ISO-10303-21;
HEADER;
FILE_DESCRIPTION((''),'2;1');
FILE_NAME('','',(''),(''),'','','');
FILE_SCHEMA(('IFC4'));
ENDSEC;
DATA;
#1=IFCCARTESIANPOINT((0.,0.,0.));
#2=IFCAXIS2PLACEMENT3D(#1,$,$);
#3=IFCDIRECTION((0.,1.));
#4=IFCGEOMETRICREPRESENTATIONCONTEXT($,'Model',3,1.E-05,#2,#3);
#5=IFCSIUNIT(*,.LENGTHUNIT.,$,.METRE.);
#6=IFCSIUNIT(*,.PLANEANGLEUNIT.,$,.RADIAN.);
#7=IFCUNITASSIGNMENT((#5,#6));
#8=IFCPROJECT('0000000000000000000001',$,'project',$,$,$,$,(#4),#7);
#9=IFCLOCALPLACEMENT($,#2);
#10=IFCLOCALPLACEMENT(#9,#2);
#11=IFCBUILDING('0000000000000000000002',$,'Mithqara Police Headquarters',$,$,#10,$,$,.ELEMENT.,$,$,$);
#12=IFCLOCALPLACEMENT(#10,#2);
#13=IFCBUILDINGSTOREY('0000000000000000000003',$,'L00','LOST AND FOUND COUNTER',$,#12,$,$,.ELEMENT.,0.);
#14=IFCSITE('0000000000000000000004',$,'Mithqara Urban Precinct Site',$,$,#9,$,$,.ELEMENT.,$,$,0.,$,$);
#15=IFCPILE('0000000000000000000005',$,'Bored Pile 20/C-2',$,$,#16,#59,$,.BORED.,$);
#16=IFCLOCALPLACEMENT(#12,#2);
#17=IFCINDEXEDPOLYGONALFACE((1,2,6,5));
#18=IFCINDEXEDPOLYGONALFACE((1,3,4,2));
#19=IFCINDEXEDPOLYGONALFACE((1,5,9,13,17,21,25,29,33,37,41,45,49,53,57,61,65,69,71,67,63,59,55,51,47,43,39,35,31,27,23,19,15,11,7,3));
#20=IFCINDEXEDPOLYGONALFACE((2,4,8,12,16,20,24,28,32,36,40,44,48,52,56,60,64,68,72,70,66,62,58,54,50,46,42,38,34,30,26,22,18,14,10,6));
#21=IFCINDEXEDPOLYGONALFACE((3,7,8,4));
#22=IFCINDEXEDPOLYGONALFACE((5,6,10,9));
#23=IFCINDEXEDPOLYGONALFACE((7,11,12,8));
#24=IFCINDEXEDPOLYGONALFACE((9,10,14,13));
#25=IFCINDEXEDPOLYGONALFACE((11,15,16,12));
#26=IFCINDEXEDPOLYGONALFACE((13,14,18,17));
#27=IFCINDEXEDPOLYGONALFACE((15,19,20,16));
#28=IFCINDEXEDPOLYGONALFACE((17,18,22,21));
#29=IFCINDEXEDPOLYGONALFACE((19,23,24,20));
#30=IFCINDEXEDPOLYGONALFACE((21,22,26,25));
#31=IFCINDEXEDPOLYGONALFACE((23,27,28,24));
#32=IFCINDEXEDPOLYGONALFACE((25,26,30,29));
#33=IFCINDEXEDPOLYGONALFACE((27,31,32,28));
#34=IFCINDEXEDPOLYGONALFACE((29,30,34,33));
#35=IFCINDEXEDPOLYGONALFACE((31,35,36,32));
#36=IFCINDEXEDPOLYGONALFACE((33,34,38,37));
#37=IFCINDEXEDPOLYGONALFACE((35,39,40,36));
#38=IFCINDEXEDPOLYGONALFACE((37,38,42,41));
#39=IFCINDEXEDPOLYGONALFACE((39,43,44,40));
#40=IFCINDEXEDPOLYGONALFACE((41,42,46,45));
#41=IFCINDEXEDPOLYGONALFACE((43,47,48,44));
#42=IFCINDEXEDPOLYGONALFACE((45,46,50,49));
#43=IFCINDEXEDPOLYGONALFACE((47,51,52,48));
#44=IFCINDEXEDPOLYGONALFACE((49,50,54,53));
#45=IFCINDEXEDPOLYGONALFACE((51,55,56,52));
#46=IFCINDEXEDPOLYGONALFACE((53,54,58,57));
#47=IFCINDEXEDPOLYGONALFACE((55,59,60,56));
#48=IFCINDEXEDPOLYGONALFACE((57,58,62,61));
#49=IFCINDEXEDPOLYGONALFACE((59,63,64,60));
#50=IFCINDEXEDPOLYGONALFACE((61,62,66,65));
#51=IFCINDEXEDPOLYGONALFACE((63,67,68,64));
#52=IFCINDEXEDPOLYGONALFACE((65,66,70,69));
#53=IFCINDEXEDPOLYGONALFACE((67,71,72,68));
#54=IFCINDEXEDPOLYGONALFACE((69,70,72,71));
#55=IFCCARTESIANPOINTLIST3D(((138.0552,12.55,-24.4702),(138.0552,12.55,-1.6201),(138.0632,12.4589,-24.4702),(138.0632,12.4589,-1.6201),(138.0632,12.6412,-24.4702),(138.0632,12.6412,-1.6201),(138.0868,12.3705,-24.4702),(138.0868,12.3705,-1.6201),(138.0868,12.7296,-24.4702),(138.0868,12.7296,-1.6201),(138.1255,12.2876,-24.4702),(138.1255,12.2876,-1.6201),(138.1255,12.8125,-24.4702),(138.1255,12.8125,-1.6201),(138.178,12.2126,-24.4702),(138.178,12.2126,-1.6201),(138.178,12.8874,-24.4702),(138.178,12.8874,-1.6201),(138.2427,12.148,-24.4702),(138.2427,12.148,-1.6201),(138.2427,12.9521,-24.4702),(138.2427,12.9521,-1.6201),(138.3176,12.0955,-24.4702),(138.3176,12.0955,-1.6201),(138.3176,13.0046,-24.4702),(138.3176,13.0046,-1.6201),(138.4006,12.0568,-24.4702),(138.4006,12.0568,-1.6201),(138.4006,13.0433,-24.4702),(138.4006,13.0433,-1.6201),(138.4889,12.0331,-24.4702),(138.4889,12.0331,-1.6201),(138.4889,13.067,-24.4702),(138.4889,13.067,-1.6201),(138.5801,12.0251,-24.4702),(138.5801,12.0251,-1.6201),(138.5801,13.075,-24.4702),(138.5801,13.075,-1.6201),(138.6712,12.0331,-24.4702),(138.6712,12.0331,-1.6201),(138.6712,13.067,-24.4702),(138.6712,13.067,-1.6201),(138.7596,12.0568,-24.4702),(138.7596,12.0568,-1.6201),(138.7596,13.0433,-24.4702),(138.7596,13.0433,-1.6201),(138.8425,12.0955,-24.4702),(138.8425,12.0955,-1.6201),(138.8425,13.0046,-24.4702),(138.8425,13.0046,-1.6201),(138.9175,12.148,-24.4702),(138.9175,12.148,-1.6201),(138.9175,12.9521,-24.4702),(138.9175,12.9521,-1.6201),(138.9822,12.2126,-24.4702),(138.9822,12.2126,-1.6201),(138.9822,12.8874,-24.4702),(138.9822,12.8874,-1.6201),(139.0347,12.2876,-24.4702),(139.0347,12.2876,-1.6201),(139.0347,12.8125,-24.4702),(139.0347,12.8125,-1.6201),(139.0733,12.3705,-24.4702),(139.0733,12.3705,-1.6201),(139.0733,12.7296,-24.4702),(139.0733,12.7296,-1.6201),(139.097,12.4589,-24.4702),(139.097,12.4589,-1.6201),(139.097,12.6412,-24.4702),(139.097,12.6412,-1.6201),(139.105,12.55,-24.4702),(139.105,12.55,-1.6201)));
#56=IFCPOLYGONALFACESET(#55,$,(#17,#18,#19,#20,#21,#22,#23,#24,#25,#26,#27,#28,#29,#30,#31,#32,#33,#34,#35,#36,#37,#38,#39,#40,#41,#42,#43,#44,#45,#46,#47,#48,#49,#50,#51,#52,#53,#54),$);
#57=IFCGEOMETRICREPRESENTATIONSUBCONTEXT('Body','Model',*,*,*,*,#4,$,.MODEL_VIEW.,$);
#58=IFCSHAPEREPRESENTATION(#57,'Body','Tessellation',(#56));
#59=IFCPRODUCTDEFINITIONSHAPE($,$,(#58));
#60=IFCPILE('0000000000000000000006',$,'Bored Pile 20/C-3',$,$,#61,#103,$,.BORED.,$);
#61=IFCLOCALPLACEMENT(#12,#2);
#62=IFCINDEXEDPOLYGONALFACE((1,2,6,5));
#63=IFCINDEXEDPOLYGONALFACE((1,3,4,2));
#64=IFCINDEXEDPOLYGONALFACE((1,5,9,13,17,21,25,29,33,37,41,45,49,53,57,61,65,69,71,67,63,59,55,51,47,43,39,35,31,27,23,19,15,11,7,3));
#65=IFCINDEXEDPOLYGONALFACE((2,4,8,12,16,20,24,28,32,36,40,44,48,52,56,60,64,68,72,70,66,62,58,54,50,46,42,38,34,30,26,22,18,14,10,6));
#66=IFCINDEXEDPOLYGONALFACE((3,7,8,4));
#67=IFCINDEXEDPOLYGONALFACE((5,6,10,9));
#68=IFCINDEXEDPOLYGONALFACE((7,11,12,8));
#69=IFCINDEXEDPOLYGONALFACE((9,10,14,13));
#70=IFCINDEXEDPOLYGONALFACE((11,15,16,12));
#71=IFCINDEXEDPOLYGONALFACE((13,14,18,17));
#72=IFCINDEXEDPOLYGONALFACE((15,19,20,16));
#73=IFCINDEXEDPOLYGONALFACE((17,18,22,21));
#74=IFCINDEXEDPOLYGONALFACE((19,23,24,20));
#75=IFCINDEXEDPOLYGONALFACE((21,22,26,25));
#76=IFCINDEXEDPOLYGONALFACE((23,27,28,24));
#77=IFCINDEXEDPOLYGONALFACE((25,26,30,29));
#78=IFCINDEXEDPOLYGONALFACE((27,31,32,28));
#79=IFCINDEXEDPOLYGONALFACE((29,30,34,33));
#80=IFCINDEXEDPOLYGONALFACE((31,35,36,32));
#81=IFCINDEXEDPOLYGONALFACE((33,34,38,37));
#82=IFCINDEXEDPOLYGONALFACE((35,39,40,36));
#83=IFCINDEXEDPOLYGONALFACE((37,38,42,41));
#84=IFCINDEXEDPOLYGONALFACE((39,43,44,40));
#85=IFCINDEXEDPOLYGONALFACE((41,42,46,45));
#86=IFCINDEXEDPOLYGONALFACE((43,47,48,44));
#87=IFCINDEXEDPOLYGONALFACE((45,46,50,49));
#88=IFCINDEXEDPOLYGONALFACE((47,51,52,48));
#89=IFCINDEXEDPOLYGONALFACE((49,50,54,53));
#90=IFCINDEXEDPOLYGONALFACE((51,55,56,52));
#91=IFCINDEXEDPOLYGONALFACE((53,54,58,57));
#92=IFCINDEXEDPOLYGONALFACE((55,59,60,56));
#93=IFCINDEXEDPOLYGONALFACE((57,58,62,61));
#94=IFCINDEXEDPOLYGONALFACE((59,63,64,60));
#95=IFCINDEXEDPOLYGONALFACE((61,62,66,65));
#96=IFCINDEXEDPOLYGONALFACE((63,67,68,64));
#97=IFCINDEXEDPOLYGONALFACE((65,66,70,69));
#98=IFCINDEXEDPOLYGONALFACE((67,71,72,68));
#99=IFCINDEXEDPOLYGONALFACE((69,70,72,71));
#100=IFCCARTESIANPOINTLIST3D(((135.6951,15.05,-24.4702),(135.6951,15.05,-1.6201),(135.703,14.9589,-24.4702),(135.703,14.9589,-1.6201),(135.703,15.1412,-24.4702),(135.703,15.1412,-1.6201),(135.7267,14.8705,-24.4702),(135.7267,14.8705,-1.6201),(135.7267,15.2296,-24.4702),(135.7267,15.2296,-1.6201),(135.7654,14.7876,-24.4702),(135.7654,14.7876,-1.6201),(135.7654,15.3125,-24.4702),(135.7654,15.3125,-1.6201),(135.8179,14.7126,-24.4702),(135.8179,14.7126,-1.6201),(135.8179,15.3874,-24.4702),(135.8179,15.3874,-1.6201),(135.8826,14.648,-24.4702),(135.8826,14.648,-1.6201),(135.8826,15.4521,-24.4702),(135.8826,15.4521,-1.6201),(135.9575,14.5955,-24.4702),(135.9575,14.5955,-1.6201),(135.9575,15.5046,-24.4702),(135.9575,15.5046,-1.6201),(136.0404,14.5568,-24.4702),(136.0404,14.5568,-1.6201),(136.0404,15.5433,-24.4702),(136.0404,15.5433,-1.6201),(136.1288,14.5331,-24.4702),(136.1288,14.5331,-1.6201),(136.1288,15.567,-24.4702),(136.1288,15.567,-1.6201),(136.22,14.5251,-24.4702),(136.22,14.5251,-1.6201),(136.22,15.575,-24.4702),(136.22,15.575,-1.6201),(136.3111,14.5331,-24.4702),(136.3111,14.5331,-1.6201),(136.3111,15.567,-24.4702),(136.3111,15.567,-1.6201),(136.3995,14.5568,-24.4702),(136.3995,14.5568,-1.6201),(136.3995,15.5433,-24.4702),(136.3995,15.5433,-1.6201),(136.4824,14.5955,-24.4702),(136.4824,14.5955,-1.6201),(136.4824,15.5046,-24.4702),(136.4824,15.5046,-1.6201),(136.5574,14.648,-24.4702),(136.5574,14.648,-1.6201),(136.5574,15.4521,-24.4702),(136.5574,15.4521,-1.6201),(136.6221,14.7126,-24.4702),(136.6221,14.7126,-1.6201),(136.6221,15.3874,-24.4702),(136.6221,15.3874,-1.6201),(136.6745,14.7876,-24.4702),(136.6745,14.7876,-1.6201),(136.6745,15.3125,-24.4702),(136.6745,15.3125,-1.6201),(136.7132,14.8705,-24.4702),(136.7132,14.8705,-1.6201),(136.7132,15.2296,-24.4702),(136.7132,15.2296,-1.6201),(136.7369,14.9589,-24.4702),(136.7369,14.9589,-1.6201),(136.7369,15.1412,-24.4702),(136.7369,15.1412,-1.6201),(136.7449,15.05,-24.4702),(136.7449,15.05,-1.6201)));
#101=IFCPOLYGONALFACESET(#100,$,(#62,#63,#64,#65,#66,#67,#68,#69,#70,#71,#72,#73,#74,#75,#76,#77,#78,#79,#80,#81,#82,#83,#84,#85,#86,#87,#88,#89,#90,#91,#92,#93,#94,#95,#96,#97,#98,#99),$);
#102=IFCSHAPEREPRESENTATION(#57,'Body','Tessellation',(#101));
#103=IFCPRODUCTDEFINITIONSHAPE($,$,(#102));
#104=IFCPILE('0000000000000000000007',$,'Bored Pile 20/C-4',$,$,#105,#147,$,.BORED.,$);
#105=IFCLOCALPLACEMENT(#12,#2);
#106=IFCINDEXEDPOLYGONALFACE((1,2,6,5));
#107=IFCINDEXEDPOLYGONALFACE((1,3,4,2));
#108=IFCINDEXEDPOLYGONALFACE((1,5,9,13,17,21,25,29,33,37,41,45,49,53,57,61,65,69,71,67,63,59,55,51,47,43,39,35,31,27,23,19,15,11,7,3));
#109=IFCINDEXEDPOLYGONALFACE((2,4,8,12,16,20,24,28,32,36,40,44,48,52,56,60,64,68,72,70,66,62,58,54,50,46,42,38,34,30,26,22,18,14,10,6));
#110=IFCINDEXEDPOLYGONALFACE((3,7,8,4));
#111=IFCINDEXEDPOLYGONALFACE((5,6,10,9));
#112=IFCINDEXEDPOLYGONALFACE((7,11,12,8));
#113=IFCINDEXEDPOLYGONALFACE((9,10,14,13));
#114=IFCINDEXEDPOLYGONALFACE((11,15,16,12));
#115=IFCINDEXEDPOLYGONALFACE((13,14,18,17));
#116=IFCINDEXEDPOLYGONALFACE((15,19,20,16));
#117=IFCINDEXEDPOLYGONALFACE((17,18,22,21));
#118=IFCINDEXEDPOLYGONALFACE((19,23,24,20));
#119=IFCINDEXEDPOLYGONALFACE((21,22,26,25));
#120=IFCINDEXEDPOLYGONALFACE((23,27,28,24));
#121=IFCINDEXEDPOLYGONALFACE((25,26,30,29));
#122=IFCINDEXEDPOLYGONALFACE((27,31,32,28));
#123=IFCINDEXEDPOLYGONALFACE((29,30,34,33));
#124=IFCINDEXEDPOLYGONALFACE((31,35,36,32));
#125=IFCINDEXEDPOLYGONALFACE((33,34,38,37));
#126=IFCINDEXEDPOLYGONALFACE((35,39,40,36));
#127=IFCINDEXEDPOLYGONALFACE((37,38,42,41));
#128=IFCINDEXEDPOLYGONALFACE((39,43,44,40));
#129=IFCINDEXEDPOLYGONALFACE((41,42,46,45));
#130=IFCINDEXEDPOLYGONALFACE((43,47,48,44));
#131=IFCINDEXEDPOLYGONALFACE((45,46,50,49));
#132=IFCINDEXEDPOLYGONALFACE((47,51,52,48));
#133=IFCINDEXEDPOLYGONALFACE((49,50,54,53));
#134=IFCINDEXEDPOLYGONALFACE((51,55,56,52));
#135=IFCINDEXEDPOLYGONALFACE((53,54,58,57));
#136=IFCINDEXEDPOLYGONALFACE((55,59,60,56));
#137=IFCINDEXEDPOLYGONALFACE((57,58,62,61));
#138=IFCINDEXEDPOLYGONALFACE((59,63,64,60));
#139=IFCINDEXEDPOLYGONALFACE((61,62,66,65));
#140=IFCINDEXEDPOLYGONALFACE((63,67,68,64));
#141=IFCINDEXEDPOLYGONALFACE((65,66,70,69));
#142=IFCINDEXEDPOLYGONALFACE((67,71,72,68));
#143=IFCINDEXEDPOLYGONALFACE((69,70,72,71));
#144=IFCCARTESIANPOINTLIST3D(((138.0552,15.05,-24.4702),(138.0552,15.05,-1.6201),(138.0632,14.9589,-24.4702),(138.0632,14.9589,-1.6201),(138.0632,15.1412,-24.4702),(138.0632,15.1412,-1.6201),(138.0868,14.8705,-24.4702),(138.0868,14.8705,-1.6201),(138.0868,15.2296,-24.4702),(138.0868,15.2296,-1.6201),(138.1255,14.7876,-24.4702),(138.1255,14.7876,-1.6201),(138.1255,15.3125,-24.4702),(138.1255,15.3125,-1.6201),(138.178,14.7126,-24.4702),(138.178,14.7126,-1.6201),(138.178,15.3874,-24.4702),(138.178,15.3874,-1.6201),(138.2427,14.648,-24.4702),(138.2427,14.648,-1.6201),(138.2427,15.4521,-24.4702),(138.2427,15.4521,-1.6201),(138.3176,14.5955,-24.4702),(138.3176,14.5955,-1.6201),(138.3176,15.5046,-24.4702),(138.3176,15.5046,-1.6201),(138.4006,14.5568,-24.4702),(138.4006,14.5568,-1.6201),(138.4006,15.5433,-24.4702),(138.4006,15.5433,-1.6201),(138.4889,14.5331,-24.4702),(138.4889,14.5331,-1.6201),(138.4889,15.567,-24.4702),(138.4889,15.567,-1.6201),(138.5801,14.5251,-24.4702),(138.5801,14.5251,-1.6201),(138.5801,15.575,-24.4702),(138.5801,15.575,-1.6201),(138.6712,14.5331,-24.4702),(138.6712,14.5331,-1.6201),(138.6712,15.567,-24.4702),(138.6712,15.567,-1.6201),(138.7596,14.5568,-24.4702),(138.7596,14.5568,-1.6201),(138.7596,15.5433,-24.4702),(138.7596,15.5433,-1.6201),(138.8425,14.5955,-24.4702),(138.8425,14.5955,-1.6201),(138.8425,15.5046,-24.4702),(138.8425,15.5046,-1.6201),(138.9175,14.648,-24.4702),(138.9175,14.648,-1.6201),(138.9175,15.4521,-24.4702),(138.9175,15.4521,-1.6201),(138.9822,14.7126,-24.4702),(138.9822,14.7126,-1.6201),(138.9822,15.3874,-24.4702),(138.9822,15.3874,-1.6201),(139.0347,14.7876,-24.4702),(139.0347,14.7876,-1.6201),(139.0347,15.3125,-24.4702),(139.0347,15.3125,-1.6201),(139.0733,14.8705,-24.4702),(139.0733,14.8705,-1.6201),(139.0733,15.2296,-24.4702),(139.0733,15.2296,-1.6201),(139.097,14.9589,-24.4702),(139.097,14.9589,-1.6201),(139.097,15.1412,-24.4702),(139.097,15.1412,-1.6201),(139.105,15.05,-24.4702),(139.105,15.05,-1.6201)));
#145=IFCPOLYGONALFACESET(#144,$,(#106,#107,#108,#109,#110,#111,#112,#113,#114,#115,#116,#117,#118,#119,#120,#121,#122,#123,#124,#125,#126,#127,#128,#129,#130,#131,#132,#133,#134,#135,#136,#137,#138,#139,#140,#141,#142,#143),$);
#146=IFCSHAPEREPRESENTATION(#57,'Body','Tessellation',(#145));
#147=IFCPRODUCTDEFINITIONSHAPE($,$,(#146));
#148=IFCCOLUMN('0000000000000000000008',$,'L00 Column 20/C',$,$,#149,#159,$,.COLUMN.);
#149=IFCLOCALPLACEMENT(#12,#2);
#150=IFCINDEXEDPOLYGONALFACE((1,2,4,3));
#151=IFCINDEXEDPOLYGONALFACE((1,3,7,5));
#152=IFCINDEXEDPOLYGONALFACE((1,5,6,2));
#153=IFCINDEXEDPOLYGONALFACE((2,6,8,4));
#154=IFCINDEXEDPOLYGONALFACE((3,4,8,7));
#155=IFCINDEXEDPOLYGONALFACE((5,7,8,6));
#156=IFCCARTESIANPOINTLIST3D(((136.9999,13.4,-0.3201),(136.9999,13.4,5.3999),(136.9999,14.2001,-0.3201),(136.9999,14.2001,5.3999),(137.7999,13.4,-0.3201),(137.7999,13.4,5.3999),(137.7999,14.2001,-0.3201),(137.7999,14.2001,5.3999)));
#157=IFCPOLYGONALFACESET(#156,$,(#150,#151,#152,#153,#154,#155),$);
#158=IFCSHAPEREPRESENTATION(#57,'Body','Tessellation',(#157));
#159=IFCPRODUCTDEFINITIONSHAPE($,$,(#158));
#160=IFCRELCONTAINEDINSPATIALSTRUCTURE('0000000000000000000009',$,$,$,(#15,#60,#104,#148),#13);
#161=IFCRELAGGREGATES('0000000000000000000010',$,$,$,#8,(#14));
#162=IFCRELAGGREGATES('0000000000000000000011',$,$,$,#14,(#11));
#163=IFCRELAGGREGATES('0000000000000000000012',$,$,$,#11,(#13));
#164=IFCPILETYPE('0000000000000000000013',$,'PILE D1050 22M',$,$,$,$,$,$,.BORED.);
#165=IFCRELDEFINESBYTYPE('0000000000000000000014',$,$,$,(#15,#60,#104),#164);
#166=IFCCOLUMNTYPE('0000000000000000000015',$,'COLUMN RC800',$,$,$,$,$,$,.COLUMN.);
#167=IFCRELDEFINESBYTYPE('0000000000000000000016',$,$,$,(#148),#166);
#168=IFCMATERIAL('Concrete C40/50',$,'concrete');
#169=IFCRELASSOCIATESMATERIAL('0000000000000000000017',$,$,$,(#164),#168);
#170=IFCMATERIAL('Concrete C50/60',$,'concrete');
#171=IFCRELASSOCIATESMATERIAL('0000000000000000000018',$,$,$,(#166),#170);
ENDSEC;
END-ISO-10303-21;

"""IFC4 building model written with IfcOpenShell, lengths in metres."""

from ifc_helpers import new_model, si_unit, direction, frame, origin, origin_2d, place, context, subcontext, project, spatial, rectangle, circle, extrude, material, material_profile, profile_set, type_object, element, save


model = new_model("IFC4")

# Units and contexts
model_context = context("Model", 3, precision=1e-05, world=origin(), true_north=direction((0.0, 1.0)))
body_context = subcontext(model_context, "Body", "Model", "MODEL_VIEW")
ifc_project = project(units=[si_unit("LENGTHUNIT", "METRE"), si_unit("PLANEANGLEUNIT", "RADIAN")], contexts=[model_context])

# Site, building, storey
site_placement = place(None, origin())
site = spatial("IfcSite", under=ifc_project, at=site_placement, Name="Mithqara Urban Precinct Site", CompositionType="ELEMENT", RefElevation=0.0)
building_placement = place(site_placement, origin())
building = spatial("IfcBuilding", under=site, at=building_placement, Name="Mithqara Police Headquarters", CompositionType="ELEMENT")
storey_placement = place(building_placement, origin())
storey = spatial("IfcBuildingStorey", under=building, at=storey_placement, Name="L00", Description="LOST AND FOUND COUNTER", CompositionType="ELEMENT", Elevation=0.0)

# Shared definitions
ifc_material_1 = material(Name="Concrete C40/50", Category="concrete")

# Piles
ifc_material_profile_1 = material_profile(ifc_material_1, circle(Radius=0.5249, at=origin_2d()), Name="PILE D1050")
ifc_profile_set_1 = profile_set([ifc_material_profile_1], Name="Concrete C40/50")
pile_type = type_object("IfcPileType", Name="PILE D1050 22M", PredefinedType="BORED", material=ifc_profile_set_1)
for number, where, z_axis, x_axis, name in (
    (1, (138.5801, 12.55, -1.6201), (0.0, 0.0, -1.0), (1.0, 0.0, 0.0), "Bored Pile 20/C-2"),
    (2, (136.22, 15.05, -1.6201), (0.0, 0.0, -1.0), (1.0, 0.0, 0.0), "Bored Pile 20/C-3"),
    (3, (138.5801, 15.05, -1.6201), (0.0, 0.0, -1.0), (1.0, 0.0, 0.0), "Bored Pile 20/C-4"),
):
    element("IfcPile", number, at=place(storey_placement, frame(where, z_axis=z_axis, x_axis=x_axis)), inside=storey, type_object=pile_type, Name=name, PredefinedType="BORED", context=body_context, shape_type="SweptSolid", body=[
        extrude(circle(Radius=0.5249, at=origin_2d()), origin(), (0.0, 0.0, 1.0), 22.8501),
    ])

# Column
ifc_material_2 = material(Name="Concrete C50/60", Category="concrete")
ifc_material_profile_2 = material_profile(ifc_material_2, rectangle(XDim=0.8, YDim=0.8, at=origin_2d()), Name="RC 800x800")
ifc_profile_set_2 = profile_set([ifc_material_profile_2], Name="Concrete C50/60")
column_type = type_object("IfcColumnType", Name="COLUMN RC800", PredefinedType="COLUMN", material=ifc_profile_set_2)
column_placement = place(storey_placement, frame((137.3999, 13.8, -0.3201), z_axis=(0.0, 0.0, 1.0), x_axis=(1.0, 0.0, 0.0)))
element("IfcColumn", 4, at=column_placement, inside=storey, type_object=column_type, Name="L00 Column 20/C", PredefinedType="COLUMN", context=body_context, shape_type="SweptSolid", body=[
    extrude(rectangle(XDim=0.8, YDim=0.8, at=origin_2d()), origin(), (0.0, 0.0, 1.0), 5.72),
])

save(model, "model.ifc")
